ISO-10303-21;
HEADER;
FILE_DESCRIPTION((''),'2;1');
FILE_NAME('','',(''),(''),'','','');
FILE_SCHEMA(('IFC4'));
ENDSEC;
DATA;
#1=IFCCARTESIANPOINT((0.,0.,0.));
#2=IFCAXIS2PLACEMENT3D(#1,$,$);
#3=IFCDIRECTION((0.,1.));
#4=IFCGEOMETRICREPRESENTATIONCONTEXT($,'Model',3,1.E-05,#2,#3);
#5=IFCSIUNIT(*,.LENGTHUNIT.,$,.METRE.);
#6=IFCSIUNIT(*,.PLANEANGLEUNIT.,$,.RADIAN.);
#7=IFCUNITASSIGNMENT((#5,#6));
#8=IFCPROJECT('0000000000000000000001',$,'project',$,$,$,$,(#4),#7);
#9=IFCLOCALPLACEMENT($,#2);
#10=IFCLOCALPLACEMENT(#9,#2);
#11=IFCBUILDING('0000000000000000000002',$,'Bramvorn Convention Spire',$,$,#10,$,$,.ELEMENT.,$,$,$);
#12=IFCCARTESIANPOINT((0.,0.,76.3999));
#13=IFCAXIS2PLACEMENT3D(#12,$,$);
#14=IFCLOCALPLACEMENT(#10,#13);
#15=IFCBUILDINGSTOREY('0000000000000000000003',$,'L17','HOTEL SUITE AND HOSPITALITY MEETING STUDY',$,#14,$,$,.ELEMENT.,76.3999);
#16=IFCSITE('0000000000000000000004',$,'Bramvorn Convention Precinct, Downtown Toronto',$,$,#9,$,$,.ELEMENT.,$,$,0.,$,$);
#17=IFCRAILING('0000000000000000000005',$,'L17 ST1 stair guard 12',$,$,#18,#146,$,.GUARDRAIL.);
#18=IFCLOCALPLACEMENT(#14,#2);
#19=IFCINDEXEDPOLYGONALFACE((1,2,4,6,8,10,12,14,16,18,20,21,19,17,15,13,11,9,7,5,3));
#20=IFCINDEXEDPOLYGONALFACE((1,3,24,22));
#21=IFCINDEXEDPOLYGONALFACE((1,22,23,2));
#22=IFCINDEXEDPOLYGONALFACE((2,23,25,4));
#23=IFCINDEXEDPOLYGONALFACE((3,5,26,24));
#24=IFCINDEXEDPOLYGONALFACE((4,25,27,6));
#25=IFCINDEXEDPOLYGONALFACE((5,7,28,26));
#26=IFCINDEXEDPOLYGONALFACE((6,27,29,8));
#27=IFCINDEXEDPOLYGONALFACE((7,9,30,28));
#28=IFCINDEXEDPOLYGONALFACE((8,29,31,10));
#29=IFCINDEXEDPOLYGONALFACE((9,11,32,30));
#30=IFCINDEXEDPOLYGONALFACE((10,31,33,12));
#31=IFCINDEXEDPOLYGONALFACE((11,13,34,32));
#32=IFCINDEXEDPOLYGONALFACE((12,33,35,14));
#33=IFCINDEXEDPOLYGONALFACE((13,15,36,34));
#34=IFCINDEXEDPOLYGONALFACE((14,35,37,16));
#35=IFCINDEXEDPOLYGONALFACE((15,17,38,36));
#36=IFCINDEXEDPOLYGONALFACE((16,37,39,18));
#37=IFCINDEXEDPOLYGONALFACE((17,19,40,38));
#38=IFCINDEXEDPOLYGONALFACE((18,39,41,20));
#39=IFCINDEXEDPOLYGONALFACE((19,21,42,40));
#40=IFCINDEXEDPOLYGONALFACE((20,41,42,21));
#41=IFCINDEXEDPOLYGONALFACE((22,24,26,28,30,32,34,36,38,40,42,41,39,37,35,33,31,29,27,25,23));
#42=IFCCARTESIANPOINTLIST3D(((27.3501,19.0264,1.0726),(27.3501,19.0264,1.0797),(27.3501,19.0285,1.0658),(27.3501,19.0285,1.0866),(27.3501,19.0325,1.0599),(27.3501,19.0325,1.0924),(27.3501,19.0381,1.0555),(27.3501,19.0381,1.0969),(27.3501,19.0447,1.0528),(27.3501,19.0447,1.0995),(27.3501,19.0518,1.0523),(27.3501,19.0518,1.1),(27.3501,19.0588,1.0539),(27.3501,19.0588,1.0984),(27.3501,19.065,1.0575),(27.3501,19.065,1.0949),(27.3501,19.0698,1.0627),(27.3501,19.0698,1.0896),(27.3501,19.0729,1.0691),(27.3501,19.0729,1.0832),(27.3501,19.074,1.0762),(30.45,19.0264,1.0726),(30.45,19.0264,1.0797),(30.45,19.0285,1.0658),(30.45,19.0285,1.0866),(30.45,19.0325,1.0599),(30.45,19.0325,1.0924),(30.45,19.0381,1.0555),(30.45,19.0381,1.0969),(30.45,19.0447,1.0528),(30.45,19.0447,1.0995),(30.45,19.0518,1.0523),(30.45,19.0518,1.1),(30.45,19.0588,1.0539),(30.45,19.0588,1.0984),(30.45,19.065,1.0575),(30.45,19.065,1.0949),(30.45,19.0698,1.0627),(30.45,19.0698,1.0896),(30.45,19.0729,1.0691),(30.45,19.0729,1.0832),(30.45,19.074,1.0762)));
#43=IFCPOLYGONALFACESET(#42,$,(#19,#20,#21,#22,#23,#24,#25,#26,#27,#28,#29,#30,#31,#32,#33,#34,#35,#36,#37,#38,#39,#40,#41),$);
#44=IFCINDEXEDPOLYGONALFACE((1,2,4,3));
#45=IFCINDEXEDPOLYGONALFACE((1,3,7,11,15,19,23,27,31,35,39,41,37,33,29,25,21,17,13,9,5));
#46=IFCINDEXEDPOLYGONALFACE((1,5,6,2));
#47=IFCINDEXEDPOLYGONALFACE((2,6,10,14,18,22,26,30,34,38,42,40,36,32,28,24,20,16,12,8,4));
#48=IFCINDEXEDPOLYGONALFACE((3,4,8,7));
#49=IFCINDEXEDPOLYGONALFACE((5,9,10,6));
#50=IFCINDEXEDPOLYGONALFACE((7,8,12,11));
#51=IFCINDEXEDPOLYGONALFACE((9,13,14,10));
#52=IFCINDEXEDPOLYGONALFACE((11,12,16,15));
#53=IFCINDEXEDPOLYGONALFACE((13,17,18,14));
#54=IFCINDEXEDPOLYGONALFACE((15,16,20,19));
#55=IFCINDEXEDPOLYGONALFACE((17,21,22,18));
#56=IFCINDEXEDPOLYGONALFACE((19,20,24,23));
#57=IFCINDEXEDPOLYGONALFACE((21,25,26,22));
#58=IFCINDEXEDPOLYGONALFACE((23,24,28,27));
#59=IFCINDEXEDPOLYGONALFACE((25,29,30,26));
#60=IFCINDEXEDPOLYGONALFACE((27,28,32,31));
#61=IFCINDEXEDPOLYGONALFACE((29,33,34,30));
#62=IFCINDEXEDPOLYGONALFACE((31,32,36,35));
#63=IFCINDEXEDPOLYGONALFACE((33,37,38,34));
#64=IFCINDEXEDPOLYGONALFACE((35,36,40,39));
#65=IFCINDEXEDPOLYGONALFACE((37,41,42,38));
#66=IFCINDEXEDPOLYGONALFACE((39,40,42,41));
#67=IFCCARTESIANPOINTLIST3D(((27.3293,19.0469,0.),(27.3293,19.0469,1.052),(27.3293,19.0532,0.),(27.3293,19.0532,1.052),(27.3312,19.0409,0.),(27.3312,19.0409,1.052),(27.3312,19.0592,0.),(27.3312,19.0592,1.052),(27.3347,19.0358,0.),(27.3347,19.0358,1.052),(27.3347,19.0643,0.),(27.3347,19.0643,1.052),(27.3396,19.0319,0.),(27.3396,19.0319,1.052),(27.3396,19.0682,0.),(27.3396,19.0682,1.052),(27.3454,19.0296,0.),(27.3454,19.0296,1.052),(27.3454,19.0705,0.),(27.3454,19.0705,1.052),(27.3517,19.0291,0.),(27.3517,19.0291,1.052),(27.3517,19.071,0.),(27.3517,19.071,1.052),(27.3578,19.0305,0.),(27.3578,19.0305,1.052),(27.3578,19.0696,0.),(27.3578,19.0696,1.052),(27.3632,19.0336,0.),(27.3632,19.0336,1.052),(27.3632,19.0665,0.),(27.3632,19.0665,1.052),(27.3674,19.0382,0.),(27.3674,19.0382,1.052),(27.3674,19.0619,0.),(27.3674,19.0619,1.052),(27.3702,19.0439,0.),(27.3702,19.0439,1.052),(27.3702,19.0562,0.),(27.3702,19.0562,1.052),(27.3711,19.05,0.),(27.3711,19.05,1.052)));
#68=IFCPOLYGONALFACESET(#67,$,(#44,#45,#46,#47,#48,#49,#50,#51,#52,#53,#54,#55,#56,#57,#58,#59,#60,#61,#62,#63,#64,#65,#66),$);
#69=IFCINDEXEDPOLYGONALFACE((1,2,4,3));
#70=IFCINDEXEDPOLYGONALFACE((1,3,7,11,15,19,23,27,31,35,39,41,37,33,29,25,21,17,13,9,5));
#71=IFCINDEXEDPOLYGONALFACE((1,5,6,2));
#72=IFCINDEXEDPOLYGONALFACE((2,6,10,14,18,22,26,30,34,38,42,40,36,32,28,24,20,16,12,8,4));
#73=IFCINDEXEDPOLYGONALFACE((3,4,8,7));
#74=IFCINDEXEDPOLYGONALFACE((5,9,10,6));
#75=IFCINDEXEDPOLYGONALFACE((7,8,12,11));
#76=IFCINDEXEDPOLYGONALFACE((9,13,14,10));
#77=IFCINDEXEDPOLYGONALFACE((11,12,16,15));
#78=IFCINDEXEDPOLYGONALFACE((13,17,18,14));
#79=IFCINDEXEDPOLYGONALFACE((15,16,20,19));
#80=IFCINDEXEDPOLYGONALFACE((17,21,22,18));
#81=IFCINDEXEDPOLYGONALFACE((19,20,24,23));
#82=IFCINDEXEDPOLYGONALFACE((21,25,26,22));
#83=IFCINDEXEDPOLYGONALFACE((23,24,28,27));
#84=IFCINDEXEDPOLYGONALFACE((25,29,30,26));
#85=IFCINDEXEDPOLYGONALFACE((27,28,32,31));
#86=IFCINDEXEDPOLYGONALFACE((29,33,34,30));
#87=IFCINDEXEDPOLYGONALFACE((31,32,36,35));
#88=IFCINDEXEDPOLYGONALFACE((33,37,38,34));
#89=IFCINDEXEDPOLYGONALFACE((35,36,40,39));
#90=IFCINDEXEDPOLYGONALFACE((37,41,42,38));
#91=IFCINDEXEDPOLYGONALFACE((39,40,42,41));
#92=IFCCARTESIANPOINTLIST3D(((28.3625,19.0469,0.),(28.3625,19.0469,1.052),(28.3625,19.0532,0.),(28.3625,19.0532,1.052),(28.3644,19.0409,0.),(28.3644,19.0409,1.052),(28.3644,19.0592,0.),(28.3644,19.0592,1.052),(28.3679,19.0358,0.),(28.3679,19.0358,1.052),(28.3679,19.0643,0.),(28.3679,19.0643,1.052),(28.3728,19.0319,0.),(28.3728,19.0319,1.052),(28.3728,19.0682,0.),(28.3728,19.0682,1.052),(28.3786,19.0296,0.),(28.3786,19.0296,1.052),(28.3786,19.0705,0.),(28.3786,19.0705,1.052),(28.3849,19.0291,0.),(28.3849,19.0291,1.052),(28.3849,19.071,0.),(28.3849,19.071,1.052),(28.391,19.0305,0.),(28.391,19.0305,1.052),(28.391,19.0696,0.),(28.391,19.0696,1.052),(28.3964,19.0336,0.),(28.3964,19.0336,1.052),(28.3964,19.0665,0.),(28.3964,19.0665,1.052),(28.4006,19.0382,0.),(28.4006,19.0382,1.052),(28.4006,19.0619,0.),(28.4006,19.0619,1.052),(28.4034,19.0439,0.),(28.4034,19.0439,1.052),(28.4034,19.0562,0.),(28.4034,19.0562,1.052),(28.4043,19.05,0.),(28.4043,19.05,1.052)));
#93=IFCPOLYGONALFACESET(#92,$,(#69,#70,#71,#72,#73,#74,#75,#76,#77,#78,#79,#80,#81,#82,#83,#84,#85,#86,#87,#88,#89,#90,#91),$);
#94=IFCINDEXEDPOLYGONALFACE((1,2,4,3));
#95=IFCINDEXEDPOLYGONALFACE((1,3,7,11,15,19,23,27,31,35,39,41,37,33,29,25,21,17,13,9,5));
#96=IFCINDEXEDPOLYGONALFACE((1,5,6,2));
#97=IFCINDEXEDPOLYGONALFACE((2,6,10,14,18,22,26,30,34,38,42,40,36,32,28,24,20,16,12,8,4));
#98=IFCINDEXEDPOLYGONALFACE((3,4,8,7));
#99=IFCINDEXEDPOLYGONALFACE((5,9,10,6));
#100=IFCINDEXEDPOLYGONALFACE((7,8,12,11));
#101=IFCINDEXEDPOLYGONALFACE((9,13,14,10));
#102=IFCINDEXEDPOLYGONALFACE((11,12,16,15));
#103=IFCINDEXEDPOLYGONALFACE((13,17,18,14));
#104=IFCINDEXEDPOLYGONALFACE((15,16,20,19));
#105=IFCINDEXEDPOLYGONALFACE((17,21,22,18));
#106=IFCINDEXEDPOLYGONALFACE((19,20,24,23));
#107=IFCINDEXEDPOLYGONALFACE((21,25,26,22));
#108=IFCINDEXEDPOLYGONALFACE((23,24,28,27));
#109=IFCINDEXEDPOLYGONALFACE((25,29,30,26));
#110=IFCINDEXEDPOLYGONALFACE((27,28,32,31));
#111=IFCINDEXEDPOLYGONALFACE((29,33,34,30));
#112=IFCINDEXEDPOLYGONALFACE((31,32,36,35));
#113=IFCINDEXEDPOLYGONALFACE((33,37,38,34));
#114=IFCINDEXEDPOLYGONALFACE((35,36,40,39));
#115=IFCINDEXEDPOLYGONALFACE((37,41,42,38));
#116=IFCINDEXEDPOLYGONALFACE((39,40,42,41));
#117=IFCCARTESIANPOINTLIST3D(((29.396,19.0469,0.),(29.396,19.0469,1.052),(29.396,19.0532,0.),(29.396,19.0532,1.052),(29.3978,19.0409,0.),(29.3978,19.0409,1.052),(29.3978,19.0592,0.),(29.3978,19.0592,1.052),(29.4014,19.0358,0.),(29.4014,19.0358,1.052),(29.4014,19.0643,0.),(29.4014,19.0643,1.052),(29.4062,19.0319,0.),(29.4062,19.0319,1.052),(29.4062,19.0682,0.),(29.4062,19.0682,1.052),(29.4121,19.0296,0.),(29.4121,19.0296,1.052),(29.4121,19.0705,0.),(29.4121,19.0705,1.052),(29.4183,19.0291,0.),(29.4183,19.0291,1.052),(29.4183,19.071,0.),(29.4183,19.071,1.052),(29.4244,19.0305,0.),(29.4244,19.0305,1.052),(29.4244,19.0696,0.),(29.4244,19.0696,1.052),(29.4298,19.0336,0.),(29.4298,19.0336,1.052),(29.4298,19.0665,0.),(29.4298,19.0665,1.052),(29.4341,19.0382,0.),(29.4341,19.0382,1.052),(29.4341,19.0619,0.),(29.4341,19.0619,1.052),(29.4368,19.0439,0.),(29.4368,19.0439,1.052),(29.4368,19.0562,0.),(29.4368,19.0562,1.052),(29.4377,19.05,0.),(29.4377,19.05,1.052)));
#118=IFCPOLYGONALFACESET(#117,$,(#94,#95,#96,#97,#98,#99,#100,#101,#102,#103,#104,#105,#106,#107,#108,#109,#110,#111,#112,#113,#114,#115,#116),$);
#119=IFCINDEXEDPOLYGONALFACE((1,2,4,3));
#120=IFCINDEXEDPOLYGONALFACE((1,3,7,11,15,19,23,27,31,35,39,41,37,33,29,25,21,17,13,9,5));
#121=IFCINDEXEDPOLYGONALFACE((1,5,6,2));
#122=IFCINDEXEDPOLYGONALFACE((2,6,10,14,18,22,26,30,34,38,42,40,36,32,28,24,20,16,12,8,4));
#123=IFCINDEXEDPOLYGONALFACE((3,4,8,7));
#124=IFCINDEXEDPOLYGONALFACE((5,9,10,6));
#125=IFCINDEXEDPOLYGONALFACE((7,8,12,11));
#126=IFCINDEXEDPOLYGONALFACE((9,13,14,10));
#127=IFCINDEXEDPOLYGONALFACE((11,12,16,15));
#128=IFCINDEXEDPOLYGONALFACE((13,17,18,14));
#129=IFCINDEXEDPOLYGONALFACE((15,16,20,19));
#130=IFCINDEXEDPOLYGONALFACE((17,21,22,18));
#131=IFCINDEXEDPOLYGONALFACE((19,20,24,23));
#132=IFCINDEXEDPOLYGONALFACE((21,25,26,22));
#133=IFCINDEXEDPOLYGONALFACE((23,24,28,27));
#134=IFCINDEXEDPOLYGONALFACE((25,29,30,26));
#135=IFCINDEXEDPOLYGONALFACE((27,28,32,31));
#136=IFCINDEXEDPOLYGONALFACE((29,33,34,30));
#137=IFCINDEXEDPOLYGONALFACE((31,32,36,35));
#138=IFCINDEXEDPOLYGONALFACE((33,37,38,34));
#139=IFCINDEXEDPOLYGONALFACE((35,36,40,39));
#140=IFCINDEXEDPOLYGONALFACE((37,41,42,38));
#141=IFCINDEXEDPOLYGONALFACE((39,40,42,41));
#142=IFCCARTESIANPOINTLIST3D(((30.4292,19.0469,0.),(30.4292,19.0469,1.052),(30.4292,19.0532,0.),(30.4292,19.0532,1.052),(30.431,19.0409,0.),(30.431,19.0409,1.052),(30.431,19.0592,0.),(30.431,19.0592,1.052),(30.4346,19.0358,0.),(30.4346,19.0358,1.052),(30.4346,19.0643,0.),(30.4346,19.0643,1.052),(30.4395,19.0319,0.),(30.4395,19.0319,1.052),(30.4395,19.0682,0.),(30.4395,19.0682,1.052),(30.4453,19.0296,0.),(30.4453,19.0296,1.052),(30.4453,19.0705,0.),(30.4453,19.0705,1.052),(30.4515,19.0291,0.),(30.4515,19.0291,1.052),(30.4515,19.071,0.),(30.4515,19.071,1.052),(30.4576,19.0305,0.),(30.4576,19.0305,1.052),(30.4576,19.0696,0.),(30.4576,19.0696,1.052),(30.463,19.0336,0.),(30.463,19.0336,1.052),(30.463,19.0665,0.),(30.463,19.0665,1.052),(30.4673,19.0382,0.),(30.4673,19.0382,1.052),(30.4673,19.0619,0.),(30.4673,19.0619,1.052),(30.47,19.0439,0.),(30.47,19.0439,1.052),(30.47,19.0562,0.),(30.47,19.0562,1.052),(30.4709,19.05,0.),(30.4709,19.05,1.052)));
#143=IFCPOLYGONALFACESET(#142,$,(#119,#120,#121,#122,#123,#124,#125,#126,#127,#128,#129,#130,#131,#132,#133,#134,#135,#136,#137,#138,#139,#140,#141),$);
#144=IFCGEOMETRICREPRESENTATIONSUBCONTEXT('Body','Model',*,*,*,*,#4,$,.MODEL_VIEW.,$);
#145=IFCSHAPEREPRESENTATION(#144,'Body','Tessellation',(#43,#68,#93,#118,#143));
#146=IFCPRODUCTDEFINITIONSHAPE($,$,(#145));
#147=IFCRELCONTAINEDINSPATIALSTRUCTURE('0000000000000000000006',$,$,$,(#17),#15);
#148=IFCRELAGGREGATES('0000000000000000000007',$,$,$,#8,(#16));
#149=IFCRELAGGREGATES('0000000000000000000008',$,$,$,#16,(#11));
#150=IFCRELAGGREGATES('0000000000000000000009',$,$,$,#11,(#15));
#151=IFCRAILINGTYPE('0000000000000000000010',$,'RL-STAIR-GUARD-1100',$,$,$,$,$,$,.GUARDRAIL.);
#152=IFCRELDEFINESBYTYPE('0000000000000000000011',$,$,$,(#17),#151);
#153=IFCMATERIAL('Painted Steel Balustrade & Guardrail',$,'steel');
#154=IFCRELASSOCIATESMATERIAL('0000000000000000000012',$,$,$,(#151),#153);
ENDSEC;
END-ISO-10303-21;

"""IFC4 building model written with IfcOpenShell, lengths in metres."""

from ifc_helpers import new_model, si_unit, direction, frame, origin, origin_2d, place, context, subcontext, project, spatial, circle, extrude, material, type_object, element, save


model = new_model("IFC4")

# Units and contexts
model_context = context("Model", 3, precision=1e-05, world=origin(), true_north=direction((0.0, 1.0)))
body_context = subcontext(model_context, "Body", "Model", "MODEL_VIEW")
ifc_project = project(units=[si_unit("LENGTHUNIT", "METRE"), si_unit("PLANEANGLEUNIT", "RADIAN")], contexts=[model_context])

# Site, building, storey
site_placement = place(None, origin())
site = spatial("IfcSite", under=ifc_project, at=site_placement, Name="Bramvorn Convention Precinct, Downtown Toronto", CompositionType="ELEMENT", RefElevation=0.0)
building_placement = place(site_placement, origin())
building = spatial("IfcBuilding", under=site, at=building_placement, Name="Bramvorn Convention Spire", CompositionType="ELEMENT")
storey_placement = place(building_placement, frame((0.0, 0.0, 76.3999)))
storey = spatial("IfcBuildingStorey", under=building, at=storey_placement, Name="L17", Description="HOTEL SUITE AND HOSPITALITY MEETING STUDY", CompositionType="ELEMENT", Elevation=76.3999)

# Railing
ifc_material_1 = material(Name="Painted Steel Balustrade & Guardrail", Category="steel")
railing_type = type_object("IfcRailingType", Name="RL-STAIR-GUARD-1100", PredefinedType="GUARDRAIL", material=ifc_material_1)
railing_1_placement = place(storey_placement, frame((27.3501, 19.05, 0.0)))
element("IfcRailing", 1, at=railing_1_placement, inside=storey, type_object=railing_type, Name="L17 ST1 stair guard 12", PredefinedType="GUARDRAIL", context=body_context, shape_type="SweptSolid", body=[
    extrude(circle(Radius=0.0239, at=origin_2d()), frame((0.0, 0.0, 1.0762), z_axis=(1.0, 0.0, 0.0), x_axis=(0.0, 1.0, 0.0)), (0.0, 0.0, 1.0), 3.0999),
    extrude(circle(Radius=0.021, at=origin_2d()), origin(), (0.0, 0.0, 1.0), 1.052),
    extrude(circle(Radius=0.021, at=origin_2d()), frame((1.0332, 0.0, 0.0)), (0.0, 0.0, 1.0), 1.052),
    extrude(circle(Radius=0.021, at=origin_2d()), frame((2.0667, 0.0, 0.0)), (0.0, 0.0, 1.0), 1.052),
    extrude(circle(Radius=0.021, at=origin_2d()), frame((3.0999, 0.0, 0.0)), (0.0, 0.0, 1.0), 1.052),
])

save(model, "model.ifc")
